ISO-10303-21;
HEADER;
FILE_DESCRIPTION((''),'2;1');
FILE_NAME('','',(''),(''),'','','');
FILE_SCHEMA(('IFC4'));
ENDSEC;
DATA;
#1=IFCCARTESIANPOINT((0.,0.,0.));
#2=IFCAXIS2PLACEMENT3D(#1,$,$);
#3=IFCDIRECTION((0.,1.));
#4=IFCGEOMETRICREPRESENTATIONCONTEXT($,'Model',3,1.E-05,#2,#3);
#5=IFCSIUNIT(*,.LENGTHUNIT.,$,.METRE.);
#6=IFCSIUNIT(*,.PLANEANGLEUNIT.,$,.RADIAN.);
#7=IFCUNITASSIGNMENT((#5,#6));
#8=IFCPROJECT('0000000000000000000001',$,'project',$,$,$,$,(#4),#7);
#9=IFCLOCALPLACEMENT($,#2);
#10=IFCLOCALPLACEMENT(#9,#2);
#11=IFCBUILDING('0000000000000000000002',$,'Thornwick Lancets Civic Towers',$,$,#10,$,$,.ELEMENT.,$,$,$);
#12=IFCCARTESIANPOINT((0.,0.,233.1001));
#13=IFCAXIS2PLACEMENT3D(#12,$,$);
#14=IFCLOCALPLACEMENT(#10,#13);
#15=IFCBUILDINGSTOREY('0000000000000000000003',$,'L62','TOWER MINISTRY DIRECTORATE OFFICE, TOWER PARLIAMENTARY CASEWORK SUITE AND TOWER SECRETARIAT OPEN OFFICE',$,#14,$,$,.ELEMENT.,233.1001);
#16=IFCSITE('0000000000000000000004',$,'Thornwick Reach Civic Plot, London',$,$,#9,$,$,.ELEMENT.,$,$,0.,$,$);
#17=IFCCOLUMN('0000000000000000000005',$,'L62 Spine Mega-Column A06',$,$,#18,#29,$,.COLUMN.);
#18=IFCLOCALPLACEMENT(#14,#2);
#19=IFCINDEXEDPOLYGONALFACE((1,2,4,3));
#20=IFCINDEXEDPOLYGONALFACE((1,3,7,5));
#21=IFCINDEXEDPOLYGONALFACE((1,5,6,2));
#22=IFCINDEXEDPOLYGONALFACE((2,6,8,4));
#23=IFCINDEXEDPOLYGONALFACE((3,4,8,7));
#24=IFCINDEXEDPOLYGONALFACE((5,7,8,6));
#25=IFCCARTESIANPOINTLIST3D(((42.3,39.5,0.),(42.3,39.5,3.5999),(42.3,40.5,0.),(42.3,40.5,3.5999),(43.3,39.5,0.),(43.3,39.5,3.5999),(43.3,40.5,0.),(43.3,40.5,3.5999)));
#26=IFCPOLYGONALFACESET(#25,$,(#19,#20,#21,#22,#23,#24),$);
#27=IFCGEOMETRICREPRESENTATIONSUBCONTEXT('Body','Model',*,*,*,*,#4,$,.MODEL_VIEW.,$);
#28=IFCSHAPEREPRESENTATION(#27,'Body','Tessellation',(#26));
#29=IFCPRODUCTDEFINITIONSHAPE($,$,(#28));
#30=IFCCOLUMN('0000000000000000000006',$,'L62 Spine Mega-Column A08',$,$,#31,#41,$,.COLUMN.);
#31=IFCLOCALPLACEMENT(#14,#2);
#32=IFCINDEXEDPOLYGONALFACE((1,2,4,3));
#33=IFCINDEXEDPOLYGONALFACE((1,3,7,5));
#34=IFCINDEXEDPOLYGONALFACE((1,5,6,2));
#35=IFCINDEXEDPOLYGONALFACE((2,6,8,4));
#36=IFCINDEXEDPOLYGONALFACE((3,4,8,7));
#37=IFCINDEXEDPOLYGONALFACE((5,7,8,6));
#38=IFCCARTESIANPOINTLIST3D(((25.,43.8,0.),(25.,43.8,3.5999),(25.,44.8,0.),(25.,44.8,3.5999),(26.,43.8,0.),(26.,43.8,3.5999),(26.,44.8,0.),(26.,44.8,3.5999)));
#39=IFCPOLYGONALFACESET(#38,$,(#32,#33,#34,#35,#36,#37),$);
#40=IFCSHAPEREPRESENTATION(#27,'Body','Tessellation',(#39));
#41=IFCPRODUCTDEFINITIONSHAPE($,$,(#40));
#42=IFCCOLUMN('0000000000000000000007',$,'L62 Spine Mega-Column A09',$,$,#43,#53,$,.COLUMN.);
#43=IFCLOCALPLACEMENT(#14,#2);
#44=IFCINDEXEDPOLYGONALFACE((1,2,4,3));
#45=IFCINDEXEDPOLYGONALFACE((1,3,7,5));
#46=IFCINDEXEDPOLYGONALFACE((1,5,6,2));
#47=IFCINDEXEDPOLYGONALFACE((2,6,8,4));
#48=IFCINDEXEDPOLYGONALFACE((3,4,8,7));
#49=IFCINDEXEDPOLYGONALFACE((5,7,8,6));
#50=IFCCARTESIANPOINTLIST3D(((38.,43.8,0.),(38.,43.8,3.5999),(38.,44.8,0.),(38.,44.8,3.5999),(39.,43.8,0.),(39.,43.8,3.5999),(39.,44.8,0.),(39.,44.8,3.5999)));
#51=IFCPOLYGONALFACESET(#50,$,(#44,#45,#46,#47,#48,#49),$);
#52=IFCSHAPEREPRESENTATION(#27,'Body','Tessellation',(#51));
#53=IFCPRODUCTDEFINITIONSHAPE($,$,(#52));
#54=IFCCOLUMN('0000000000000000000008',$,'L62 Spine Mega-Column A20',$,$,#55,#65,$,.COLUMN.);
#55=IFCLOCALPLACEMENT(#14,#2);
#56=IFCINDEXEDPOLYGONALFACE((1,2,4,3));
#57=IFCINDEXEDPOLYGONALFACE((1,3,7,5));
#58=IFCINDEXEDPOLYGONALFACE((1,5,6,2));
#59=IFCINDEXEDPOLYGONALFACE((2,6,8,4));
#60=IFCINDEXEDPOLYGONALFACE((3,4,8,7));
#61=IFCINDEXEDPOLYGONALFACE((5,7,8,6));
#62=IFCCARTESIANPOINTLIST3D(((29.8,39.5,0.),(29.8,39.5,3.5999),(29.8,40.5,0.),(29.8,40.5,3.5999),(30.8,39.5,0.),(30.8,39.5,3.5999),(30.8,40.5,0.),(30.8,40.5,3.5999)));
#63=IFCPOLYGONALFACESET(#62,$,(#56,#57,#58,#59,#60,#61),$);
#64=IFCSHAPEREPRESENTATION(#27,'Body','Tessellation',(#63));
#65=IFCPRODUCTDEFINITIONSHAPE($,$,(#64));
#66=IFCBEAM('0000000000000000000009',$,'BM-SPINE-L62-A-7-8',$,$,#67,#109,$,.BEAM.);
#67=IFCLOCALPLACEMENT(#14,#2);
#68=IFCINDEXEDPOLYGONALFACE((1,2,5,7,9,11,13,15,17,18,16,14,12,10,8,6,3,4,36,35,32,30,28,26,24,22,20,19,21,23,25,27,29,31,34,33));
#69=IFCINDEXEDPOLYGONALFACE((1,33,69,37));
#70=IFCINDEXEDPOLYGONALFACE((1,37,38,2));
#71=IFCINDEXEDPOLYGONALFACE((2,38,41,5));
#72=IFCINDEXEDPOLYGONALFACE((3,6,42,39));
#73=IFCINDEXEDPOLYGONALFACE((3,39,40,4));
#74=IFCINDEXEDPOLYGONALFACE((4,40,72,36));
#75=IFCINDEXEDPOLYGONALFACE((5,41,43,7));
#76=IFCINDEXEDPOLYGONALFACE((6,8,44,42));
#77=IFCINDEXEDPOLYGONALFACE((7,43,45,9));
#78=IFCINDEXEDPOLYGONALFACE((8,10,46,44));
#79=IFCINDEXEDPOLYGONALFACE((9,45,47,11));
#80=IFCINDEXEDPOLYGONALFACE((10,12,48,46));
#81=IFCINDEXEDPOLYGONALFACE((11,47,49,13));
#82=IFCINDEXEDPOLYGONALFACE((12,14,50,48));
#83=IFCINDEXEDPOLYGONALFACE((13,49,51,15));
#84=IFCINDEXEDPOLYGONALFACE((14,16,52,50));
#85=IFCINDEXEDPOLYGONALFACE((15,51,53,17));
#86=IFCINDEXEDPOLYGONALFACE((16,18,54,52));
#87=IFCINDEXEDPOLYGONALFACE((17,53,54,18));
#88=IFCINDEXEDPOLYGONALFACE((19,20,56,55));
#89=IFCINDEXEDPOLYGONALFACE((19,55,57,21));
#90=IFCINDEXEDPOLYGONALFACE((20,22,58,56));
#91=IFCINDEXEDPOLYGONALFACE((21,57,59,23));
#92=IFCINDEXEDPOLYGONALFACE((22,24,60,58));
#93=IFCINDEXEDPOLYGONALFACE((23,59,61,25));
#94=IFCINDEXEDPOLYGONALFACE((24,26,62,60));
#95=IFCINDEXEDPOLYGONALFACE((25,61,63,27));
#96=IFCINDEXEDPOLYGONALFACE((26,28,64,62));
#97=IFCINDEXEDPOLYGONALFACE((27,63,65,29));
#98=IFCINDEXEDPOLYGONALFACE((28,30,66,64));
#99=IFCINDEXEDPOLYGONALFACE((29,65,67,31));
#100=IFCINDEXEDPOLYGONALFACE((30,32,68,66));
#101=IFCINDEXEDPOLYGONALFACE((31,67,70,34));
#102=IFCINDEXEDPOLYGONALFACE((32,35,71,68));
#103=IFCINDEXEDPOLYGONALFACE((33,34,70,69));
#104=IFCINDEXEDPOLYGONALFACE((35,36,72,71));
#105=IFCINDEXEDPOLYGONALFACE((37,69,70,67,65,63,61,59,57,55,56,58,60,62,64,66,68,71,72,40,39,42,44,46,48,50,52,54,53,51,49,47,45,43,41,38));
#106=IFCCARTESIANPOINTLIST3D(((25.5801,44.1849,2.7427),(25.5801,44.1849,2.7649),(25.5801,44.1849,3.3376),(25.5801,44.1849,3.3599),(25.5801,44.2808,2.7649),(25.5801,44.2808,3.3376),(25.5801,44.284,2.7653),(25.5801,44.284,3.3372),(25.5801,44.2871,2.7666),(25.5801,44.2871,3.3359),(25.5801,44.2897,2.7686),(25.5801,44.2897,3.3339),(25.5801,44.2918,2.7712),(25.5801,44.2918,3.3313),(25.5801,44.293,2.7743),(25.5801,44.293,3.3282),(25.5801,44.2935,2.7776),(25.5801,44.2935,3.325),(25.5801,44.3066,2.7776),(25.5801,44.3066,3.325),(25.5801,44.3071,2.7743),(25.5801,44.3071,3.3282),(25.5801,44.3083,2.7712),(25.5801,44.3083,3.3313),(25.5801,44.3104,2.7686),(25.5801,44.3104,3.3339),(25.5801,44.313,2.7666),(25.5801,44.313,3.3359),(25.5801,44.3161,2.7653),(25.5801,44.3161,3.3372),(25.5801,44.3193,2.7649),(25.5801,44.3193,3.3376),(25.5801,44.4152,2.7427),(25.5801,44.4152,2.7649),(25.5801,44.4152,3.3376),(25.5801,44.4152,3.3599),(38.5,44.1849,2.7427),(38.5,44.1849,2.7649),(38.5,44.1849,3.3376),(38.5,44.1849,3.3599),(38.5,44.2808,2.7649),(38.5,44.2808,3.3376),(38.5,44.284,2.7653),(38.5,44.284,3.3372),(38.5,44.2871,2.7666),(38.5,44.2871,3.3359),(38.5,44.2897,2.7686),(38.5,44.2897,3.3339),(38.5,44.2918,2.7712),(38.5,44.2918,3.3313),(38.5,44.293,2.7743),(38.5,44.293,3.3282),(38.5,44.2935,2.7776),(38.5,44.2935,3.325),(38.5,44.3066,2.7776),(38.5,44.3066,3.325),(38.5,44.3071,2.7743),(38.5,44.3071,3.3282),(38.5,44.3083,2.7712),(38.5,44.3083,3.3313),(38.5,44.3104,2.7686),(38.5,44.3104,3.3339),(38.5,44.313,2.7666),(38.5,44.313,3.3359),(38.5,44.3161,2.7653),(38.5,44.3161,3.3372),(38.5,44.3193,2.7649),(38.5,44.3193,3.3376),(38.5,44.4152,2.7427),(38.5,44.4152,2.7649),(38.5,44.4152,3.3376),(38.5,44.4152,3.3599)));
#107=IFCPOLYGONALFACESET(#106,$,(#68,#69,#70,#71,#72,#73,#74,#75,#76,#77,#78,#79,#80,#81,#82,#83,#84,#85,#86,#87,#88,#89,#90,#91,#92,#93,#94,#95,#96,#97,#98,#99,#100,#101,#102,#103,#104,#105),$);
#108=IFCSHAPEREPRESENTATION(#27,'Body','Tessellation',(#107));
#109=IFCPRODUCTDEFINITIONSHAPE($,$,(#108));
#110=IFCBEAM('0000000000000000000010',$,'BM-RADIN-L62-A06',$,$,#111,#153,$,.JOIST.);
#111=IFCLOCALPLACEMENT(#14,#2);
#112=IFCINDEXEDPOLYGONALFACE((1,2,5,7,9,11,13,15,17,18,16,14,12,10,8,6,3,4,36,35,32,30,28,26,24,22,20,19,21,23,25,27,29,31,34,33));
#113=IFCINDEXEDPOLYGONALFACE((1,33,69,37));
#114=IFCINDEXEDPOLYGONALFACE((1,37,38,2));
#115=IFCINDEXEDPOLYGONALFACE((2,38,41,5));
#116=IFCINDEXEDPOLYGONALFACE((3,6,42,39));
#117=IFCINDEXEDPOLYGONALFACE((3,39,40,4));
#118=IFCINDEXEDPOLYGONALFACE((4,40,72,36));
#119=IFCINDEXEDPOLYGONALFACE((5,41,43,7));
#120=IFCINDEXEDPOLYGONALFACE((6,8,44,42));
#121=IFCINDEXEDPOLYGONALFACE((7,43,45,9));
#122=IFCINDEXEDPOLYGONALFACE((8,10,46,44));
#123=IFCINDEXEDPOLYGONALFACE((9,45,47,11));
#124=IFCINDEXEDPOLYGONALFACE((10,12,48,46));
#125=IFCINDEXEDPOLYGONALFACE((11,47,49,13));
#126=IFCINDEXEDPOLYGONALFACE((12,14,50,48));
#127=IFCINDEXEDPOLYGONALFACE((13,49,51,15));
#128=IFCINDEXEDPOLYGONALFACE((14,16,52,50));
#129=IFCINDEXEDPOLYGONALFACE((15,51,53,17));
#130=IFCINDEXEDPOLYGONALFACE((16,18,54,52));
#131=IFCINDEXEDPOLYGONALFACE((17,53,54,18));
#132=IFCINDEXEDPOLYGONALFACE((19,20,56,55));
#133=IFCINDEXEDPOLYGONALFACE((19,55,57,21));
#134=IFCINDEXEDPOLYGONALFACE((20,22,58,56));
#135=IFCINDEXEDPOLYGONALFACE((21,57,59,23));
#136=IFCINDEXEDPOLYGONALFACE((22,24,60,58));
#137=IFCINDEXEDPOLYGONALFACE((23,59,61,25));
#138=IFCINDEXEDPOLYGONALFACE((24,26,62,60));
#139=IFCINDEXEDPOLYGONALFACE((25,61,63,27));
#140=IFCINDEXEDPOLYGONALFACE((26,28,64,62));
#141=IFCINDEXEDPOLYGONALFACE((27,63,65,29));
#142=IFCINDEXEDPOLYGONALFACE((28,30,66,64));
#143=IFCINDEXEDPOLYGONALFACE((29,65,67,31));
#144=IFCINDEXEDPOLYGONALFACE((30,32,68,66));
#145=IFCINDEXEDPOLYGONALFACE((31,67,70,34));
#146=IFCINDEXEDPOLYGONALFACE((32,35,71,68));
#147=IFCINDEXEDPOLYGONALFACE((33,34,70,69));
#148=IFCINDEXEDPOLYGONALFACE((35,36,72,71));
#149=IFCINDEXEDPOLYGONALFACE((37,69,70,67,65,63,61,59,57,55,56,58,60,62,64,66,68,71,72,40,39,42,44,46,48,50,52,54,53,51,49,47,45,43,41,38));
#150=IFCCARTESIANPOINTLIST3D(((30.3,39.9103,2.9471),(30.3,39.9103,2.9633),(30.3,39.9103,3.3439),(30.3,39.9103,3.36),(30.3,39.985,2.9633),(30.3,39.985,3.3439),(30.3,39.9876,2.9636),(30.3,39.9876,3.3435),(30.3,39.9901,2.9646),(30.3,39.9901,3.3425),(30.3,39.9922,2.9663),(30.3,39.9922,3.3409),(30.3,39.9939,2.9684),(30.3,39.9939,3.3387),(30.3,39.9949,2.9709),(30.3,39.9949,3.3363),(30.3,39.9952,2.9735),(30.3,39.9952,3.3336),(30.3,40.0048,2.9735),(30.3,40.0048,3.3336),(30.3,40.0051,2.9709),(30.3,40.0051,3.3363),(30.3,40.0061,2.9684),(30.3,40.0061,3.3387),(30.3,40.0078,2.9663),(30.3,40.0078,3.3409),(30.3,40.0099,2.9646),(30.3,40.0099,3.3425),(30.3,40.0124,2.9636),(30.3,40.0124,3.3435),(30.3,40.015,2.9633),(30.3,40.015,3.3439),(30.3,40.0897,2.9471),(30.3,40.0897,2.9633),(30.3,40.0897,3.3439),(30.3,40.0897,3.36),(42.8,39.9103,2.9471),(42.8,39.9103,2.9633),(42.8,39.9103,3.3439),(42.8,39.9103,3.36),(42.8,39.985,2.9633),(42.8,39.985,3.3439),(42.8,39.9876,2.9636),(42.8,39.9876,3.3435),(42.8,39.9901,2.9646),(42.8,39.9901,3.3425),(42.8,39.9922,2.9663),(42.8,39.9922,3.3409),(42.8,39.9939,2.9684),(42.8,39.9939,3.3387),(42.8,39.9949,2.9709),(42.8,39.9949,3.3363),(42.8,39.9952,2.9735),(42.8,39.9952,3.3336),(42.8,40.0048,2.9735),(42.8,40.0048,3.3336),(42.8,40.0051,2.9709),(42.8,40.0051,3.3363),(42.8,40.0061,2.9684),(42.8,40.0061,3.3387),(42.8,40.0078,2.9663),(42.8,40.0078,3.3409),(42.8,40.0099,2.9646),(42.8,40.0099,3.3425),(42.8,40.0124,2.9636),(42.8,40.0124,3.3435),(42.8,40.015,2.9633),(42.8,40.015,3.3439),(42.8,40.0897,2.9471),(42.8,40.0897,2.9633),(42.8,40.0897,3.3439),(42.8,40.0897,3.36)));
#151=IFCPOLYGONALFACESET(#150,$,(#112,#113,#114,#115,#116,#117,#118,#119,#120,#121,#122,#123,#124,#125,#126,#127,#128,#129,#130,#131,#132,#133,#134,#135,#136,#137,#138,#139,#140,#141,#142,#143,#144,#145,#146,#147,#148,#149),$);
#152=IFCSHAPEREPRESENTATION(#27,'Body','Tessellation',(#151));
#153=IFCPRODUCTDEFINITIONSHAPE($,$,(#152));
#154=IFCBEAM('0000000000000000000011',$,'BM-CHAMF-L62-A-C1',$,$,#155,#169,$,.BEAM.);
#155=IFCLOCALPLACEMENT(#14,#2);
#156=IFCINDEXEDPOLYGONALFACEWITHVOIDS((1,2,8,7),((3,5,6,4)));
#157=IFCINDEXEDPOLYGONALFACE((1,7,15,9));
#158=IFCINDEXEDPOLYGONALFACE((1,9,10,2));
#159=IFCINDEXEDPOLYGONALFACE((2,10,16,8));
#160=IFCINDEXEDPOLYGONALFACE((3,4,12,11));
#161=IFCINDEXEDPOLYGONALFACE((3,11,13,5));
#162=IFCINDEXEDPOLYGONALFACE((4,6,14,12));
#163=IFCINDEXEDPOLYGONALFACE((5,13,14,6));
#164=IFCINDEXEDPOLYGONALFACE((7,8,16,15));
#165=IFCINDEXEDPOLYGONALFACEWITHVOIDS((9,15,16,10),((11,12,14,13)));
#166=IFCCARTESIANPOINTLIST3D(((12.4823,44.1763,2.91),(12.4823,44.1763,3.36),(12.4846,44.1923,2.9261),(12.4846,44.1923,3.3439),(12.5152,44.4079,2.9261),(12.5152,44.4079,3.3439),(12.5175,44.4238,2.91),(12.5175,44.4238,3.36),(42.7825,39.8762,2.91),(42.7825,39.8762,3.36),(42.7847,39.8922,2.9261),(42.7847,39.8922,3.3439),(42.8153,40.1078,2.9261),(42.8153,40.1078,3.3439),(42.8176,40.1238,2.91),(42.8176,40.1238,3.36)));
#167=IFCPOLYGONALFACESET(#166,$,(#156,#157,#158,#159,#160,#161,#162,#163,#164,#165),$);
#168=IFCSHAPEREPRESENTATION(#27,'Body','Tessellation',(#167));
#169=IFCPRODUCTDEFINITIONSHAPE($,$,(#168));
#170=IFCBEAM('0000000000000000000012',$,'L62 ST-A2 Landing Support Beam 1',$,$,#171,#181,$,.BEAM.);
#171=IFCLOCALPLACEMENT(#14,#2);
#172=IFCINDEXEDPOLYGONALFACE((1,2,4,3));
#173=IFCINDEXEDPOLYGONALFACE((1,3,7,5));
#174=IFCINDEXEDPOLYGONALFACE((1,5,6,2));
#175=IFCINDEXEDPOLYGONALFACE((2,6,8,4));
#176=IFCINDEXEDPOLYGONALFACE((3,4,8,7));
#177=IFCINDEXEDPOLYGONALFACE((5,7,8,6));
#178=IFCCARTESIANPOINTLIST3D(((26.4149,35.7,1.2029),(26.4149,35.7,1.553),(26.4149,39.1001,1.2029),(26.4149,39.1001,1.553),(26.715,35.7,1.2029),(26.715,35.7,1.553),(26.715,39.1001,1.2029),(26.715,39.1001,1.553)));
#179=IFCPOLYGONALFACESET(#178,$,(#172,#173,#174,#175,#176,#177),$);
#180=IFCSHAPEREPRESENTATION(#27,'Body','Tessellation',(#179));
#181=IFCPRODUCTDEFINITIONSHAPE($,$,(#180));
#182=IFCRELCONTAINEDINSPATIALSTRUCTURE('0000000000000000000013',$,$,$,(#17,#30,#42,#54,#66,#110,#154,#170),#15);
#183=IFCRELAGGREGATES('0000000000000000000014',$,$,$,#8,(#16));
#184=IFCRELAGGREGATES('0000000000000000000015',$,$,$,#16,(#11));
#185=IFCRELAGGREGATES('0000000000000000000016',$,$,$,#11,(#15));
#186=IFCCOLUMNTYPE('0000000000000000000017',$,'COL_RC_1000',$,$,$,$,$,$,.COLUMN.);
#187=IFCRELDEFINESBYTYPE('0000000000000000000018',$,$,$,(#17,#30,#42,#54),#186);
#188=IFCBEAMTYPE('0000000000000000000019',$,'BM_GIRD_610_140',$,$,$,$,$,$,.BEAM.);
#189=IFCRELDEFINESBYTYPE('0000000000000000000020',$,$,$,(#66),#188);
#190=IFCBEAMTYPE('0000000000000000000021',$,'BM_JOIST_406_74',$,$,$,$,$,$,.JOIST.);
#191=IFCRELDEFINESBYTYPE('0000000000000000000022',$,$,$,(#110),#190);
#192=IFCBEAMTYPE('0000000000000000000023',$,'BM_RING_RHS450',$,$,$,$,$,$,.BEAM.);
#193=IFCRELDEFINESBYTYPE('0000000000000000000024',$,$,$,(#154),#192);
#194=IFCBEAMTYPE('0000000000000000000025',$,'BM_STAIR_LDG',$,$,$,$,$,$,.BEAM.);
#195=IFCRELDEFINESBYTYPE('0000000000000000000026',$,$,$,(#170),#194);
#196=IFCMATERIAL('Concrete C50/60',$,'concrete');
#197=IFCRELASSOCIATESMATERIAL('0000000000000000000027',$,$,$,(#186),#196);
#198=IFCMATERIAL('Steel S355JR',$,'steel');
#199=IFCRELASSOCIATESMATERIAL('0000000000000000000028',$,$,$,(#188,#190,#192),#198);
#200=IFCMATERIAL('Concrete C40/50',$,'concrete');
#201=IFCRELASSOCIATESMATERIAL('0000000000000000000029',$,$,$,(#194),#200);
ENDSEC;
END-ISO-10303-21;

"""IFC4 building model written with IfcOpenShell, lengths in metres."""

from ifc_helpers import new_model, si_unit, direction, frame, origin, origin_2d, place, context, subcontext, project, spatial, rectangle, hollow_rectangle, i_section, extrude, material, material_profile, profile_set, type_object, element, save


model = new_model("IFC4")

# Units and contexts
model_context = context("Model", 3, precision=1e-05, world=origin(), true_north=direction((0.0, 1.0)))
body_context = subcontext(model_context, "Body", "Model", "MODEL_VIEW")
ifc_project = project(units=[si_unit("LENGTHUNIT", "METRE"), si_unit("PLANEANGLEUNIT", "RADIAN")], contexts=[model_context])

# Site, building, storey
site_placement = place(None, origin())
site = spatial("IfcSite", under=ifc_project, at=site_placement, Name="Thornwick Reach Civic Plot, London", CompositionType="ELEMENT", RefElevation=0.0)
building_placement = place(site_placement, origin())
building = spatial("IfcBuilding", under=site, at=building_placement, Name="Thornwick Lancets Civic Towers", CompositionType="ELEMENT")
storey_placement = place(building_placement, frame((0.0, 0.0, 233.1001)))
storey = spatial("IfcBuildingStorey", under=building, at=storey_placement, Name="L62", Description="TOWER MINISTRY DIRECTORATE OFFICE, TOWER PARLIAMENTARY CASEWORK SUITE AND TOWER SECRETARIAT OPEN OFFICE", CompositionType="ELEMENT", Elevation=233.1001)

# Columns
ifc_material_1 = material(Name="Concrete C50/60", Category="concrete")
ifc_material_profile_1 = material_profile(ifc_material_1, rectangle(XDim=1.0, YDim=1.0, at=origin_2d()), Name="RC 1000x1000")
ifc_profile_set_1 = profile_set([ifc_material_profile_1], Name="Concrete C50/60")
column_type = type_object("IfcColumnType", Name="COL_RC_1000", PredefinedType="COLUMN", material=ifc_profile_set_1)
for number, where, z_axis, x_axis, name in (
    (1, (42.8, 40.0, 0.0), (0.0, 0.0, 1.0), (1.0, 0.0, 0.0), "L62 Spine Mega-Column A06"),
    (2, (25.5, 44.3, 0.0), (0.0, 0.0, 1.0), (1.0, 0.0, 0.0), "L62 Spine Mega-Column A08"),
    (3, (38.5, 44.3, 0.0), (0.0, 0.0, 1.0), (1.0, 0.0, 0.0), "L62 Spine Mega-Column A09"),
    (4, (30.3, 40.0, 0.0), (0.0, 0.0, 1.0), (1.0, 0.0, 0.0), "L62 Spine Mega-Column A20"),
):
    element("IfcColumn", number, at=place(storey_placement, frame(where, z_axis=z_axis, x_axis=x_axis)), inside=storey, type_object=column_type, Name=name, PredefinedType="COLUMN", context=body_context, shape_type="SweptSolid", body=[
        extrude(rectangle(XDim=1.0, YDim=1.0, at=origin_2d()), origin(), (0.0, 0.0, 1.0), 3.5999),
    ])

# Beams
ifc_material_2 = material(Name="Steel S355JR", Category="steel")
ifc_material_profile_2 = material_profile(ifc_material_2, i_section(OverallWidth=0.2302, OverallDepth=0.6172, WebThickness=0.0132, FlangeThickness=0.0222, FilletRadius=0.0127, at=origin_2d()), Name="UKB 610x229x140")
ifc_profile_set_2 = profile_set([ifc_material_profile_2], Name="Steel S355JR")
beam_type_1 = type_object("IfcBeamType", Name="BM_GIRD_610_140", PredefinedType="BEAM", material=ifc_profile_set_2)
beam_1_placement = place(storey_placement, frame((25.5801, 44.3, 3.0513), z_axis=(1.0, 0.0, 0.0), x_axis=(0.0, 1.0, 0.0)))
element("IfcBeam", 5, at=beam_1_placement, inside=storey, type_object=beam_type_1, Name="BM-SPINE-L62-A-7-8", PredefinedType="BEAM", context=body_context, shape_type="SweptSolid", body=[
    extrude(i_section(OverallWidth=0.2302, OverallDepth=0.6172, WebThickness=0.0132, FlangeThickness=0.0222, FilletRadius=0.0127, at=origin_2d()), origin(), (0.0, 0.0, 1.0), 12.9199),
])
ifc_material_profile_3 = material_profile(ifc_material_2, i_section(OverallWidth=0.1794, OverallDepth=0.4128, WebThickness=0.0095, FlangeThickness=0.0161, FilletRadius=0.0103, at=origin_2d()), Name="UKB 406x178x74")
ifc_profile_set_3 = profile_set([ifc_material_profile_3], Name="Steel S355JR")
beam_type_2 = type_object("IfcBeamType", Name="BM_JOIST_406_74", PredefinedType="JOIST", material=ifc_profile_set_3)
beam_2_placement = place(storey_placement, frame((30.3, 40.0, 3.1536), z_axis=(1.0, 0.0, 0.0), x_axis=(0.0, 1.0, 0.0)))
element("IfcBeam", 6, at=beam_2_placement, inside=storey, type_object=beam_type_2, Name="BM-RADIN-L62-A06", PredefinedType="JOIST", context=body_context, shape_type="SweptSolid", body=[
    extrude(i_section(OverallWidth=0.1794, OverallDepth=0.4128, WebThickness=0.0095, FlangeThickness=0.0161, FilletRadius=0.0103, at=origin_2d()), origin(), (0.0, 0.0, 1.0), 12.5),
])
ifc_material_profile_4 = material_profile(ifc_material_2, hollow_rectangle(XDim=0.25, YDim=0.45, WallThickness=0.0161, at=origin_2d()), Name="RHS 450x250x16")
ifc_profile_set_4 = profile_set([ifc_material_profile_4], Name="Steel S355JR")
beam_type_3 = type_object("IfcBeamType", Name="BM_RING_RHS450", PredefinedType="BEAM", material=ifc_profile_set_4)
beam_3_placement = place(storey_placement, frame((42.8, 40.0, 3.135), z_axis=(-0.99008, 0.140508, 0.0), x_axis=(-0.140508, -0.99008, 0.0)))
element("IfcBeam", 7, at=beam_3_placement, inside=storey, type_object=beam_type_3, Name="BM-CHAMF-L62-A-C1", PredefinedType="BEAM", context=body_context, shape_type="SweptSolid", body=[
    extrude(hollow_rectangle(XDim=0.25, YDim=0.45, WallThickness=0.0161, at=origin_2d()), origin(), (0.0, 0.0, 1.0), 30.6038),
])
ifc_material_3 = material(Name="Concrete C40/50", Category="concrete")
ifc_material_profile_5 = material_profile(ifc_material_3, rectangle(XDim=0.3, YDim=0.3501, at=origin_2d()), Name="RC 300x350")
ifc_profile_set_5 = profile_set([ifc_material_profile_5], Name="Concrete C40/50")
beam_type_4 = type_object("IfcBeamType", Name="BM_STAIR_LDG", PredefinedType="BEAM", material=ifc_profile_set_5)
beam_4_placement = place(storey_placement, frame((26.5649, 39.1001, 1.3779), z_axis=(0.0, -1.0, 0.0), x_axis=(1.0, 0.0, 0.0)))
element("IfcBeam", 8, at=beam_4_placement, inside=storey, type_object=beam_type_4, Name="L62 ST-A2 Landing Support Beam 1", PredefinedType="BEAM", context=body_context, shape_type="SweptSolid", body=[
    extrude(rectangle(XDim=0.3, YDim=0.3501, at=origin_2d()), origin(), (0.0, 0.0, 1.0), 3.4001),
])

save(model, "model.ifc")
